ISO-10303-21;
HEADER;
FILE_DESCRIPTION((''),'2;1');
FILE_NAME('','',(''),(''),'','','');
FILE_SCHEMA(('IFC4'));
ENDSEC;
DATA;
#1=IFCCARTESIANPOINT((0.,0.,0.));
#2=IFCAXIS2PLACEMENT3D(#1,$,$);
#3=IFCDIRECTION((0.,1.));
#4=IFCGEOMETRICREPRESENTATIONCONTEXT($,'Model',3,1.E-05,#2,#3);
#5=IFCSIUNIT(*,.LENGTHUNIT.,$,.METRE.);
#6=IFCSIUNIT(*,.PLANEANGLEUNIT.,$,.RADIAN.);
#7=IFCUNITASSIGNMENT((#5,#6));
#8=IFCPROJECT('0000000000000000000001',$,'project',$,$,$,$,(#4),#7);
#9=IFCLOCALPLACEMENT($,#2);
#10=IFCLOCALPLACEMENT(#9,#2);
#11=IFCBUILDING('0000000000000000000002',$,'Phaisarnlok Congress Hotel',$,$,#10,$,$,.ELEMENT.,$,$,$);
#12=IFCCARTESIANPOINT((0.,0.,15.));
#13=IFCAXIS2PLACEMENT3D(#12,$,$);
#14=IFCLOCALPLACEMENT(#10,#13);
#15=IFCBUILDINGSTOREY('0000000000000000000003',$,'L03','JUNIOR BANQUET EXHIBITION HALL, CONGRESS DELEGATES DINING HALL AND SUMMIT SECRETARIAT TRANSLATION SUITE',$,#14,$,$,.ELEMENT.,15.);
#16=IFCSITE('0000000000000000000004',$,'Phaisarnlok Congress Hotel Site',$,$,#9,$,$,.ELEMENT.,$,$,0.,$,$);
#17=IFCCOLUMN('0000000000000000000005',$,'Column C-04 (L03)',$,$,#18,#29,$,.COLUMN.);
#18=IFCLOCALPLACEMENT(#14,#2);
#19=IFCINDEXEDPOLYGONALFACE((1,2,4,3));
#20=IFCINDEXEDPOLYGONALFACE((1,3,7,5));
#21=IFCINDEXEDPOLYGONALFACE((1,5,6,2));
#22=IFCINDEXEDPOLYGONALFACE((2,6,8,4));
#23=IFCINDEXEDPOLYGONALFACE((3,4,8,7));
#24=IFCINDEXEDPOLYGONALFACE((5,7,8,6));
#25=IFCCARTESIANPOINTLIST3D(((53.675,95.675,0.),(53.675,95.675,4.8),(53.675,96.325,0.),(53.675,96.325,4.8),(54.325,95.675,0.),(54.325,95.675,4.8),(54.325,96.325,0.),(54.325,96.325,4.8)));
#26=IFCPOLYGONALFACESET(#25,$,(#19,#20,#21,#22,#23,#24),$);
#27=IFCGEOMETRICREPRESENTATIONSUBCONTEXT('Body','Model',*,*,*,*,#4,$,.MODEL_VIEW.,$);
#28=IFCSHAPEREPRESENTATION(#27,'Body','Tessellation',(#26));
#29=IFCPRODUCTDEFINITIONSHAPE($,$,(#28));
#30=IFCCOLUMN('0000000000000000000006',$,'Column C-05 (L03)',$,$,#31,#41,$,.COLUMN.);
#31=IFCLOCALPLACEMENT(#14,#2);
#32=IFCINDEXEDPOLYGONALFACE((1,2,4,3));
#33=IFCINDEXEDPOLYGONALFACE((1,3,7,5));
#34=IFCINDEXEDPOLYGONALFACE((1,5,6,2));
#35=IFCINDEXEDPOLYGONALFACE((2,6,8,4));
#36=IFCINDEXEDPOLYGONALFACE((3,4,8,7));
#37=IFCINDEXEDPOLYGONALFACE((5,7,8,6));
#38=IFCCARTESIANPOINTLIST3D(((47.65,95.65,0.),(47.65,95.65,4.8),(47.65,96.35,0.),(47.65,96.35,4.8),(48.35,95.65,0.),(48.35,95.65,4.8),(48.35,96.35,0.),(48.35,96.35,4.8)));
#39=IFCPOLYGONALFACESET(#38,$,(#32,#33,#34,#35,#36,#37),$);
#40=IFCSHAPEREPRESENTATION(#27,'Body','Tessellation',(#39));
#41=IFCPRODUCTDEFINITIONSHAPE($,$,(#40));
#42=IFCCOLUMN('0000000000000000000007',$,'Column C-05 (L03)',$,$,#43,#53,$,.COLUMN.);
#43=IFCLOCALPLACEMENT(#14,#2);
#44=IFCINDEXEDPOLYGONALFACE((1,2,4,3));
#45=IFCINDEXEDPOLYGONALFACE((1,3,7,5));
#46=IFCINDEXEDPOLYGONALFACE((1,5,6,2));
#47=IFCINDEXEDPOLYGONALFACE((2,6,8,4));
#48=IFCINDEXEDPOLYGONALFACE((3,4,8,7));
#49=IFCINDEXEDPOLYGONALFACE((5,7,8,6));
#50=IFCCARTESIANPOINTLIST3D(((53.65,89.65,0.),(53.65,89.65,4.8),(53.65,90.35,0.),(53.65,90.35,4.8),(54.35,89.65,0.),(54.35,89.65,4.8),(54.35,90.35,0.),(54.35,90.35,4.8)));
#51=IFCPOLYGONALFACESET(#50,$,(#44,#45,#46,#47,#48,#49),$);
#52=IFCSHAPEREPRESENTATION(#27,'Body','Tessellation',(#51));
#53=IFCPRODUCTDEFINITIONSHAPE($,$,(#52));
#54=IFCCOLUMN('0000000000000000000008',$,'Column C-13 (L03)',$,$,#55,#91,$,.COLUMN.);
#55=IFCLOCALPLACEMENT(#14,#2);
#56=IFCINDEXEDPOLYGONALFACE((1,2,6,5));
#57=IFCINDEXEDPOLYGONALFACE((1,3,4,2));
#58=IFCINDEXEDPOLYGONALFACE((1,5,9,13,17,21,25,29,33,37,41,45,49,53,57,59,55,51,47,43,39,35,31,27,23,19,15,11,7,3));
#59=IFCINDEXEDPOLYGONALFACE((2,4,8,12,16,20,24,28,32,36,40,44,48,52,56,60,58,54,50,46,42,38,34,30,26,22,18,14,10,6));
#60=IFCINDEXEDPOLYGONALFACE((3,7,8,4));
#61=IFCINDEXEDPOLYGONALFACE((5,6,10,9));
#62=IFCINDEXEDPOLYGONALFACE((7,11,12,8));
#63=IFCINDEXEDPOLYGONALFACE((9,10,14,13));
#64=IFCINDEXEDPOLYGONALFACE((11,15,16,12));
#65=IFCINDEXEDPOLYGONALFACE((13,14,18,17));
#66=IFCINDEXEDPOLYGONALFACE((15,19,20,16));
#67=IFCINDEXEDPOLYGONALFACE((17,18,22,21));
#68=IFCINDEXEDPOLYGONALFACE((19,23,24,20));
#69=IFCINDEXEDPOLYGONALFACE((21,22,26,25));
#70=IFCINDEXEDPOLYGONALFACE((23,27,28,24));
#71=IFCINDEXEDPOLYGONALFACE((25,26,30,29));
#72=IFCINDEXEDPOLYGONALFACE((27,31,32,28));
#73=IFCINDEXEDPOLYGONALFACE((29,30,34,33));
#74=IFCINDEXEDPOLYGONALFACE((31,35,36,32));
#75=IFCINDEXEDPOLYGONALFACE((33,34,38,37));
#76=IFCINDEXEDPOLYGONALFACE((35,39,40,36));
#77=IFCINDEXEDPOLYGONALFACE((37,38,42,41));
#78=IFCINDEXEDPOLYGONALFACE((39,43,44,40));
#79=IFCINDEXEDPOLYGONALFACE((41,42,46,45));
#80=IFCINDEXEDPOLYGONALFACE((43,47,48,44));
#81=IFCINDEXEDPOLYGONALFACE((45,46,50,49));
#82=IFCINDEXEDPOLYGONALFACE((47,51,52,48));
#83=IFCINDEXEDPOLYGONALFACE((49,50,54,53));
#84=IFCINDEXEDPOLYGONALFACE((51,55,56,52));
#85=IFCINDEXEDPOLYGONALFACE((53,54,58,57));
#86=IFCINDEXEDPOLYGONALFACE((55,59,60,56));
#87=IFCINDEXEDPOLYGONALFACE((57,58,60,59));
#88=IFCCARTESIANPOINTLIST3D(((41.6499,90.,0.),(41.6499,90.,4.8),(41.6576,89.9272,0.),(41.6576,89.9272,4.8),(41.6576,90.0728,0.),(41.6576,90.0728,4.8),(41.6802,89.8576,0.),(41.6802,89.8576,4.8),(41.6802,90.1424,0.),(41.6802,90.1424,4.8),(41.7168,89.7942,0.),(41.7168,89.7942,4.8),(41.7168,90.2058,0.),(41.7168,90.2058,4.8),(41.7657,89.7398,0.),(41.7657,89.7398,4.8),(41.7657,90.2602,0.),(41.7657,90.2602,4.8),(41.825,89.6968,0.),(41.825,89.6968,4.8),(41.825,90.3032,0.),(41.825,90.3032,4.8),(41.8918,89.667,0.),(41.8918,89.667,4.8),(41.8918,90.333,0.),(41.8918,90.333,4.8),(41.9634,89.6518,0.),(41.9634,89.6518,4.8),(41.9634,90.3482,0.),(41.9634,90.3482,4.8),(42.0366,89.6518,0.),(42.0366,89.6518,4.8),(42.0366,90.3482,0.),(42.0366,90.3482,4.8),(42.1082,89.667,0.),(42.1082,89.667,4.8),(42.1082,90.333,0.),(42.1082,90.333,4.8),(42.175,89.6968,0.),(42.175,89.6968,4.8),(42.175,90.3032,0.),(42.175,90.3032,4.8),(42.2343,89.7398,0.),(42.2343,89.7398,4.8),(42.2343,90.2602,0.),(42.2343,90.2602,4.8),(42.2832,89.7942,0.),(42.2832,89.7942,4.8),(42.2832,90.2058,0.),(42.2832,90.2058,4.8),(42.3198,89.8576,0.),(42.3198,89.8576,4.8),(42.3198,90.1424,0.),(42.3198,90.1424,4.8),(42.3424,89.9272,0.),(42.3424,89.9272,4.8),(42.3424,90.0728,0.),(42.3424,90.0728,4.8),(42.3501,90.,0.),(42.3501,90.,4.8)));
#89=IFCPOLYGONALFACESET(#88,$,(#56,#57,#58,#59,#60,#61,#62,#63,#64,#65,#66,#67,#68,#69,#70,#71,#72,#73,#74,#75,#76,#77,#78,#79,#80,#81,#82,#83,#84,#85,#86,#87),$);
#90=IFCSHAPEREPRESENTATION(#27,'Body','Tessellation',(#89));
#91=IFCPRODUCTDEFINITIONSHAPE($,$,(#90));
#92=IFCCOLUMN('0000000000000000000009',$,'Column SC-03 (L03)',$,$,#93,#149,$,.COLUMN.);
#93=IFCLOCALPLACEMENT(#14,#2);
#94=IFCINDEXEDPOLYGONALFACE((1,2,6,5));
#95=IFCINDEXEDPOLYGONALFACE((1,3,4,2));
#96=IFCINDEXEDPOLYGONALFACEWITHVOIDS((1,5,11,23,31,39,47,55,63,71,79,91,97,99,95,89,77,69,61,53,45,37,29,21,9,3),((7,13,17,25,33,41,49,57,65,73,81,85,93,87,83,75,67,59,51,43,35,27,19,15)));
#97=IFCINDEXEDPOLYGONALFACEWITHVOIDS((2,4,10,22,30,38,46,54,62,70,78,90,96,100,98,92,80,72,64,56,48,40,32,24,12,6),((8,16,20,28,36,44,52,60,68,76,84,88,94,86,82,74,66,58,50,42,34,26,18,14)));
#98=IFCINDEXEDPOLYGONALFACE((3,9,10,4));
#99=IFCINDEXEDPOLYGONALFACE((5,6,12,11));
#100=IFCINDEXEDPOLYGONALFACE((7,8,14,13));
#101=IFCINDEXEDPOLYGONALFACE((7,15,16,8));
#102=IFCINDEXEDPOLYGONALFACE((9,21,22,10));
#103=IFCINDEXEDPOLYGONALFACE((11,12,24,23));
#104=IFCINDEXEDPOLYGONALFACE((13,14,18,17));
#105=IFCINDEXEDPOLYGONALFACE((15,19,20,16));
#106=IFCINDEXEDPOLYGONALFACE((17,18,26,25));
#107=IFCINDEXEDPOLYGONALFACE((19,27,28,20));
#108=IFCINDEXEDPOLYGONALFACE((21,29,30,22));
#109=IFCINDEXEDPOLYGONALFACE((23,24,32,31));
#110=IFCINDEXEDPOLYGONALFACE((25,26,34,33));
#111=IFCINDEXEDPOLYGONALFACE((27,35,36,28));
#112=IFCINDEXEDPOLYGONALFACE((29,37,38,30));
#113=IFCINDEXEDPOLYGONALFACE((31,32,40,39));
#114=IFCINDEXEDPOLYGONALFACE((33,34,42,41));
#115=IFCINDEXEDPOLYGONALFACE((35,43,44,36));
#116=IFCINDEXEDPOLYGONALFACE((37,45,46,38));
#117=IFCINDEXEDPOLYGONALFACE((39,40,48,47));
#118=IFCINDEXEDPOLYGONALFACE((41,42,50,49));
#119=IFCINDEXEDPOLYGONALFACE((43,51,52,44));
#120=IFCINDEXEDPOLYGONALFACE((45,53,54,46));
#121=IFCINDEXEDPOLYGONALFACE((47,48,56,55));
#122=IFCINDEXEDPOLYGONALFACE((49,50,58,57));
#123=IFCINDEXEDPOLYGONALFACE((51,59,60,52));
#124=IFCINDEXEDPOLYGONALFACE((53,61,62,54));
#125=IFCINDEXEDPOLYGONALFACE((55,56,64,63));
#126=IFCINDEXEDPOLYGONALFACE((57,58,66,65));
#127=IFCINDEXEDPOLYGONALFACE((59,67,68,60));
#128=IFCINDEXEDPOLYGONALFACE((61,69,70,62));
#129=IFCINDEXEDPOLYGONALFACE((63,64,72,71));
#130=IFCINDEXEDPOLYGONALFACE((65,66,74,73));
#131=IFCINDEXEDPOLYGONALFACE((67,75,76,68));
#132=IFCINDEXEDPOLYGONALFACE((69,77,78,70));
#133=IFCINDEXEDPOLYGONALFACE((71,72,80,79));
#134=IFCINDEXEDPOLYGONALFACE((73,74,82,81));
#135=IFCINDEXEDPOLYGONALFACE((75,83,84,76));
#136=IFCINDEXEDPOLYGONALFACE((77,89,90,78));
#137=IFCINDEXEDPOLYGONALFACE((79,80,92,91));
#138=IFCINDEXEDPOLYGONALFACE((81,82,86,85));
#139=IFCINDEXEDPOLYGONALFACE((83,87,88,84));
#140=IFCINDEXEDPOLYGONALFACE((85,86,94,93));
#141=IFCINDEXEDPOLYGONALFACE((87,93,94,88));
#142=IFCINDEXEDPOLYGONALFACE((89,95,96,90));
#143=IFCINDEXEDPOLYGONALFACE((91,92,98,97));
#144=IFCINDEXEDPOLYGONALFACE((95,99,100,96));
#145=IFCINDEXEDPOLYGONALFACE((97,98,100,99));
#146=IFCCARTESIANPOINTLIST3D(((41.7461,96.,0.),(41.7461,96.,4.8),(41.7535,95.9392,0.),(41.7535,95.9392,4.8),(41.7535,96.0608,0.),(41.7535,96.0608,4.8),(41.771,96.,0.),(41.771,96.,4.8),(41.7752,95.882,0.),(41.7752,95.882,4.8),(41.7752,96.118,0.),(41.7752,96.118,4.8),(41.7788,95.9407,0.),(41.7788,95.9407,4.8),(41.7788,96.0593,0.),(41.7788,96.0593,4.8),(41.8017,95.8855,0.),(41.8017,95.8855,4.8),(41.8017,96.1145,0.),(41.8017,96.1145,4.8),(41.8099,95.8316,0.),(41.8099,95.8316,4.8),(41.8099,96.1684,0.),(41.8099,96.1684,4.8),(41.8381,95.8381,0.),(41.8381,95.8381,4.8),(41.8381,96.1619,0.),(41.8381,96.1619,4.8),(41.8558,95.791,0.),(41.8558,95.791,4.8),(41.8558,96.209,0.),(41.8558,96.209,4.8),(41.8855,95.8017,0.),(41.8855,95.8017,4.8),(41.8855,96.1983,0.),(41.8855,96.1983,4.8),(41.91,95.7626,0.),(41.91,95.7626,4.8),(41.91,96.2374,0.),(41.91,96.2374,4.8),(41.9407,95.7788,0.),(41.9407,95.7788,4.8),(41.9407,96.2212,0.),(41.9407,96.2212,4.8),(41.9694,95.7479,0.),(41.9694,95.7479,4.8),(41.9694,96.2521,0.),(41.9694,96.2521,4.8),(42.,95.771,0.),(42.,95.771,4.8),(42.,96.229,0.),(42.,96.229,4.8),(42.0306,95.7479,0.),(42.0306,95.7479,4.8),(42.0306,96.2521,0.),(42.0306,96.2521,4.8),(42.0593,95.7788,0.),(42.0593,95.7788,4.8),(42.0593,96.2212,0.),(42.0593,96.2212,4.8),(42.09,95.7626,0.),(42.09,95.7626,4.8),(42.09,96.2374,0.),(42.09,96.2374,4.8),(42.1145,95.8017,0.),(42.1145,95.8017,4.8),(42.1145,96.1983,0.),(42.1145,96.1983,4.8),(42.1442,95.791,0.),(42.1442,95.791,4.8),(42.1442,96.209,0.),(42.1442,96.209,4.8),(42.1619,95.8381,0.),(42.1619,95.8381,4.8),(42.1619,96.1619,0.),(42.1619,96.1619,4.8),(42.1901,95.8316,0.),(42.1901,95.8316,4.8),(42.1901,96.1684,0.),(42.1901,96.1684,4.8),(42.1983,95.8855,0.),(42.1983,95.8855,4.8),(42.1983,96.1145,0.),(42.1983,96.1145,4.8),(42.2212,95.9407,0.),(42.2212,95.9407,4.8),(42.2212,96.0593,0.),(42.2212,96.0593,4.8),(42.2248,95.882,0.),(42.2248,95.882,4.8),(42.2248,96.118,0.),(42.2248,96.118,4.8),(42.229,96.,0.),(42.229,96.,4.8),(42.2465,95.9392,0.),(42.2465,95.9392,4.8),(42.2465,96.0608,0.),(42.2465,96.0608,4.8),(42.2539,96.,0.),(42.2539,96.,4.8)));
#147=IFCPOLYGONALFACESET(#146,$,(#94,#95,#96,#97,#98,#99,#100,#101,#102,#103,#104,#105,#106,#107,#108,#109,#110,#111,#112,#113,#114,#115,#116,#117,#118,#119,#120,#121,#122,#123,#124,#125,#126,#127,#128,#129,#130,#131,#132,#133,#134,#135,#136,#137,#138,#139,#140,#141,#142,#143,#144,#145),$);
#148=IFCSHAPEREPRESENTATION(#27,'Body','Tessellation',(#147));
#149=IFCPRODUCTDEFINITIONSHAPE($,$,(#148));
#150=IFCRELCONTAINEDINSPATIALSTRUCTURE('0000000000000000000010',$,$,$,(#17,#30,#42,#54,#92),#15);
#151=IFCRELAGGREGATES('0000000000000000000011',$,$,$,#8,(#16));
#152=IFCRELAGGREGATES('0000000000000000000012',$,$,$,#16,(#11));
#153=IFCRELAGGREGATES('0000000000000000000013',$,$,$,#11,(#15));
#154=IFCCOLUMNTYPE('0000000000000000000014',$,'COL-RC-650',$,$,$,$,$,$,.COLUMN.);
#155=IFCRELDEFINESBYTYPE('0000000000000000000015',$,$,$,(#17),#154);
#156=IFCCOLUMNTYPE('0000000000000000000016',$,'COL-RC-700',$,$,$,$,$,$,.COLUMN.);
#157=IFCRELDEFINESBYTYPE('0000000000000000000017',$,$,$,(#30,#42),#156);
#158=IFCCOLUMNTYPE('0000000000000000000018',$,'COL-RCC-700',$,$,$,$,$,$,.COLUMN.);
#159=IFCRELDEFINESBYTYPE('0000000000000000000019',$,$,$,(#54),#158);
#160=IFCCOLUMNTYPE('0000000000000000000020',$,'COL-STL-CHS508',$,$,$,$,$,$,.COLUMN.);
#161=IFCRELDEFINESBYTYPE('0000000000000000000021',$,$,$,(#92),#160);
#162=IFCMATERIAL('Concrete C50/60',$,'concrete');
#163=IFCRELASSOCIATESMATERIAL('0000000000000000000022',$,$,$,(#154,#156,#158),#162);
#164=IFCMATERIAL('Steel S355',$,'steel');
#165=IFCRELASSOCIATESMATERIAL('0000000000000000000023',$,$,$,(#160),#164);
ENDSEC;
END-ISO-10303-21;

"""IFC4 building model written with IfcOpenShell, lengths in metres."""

from ifc_helpers import new_model, si_unit, direction, frame, origin, origin_2d, place, context, subcontext, project, spatial, rectangle, circle, hollow_circle, extrude, material, material_profile, profile_set, type_object, element, save


model = new_model("IFC4")

# Units and contexts
model_context = context("Model", 3, precision=1e-05, world=origin(), true_north=direction((0.0, 1.0)))
body_context = subcontext(model_context, "Body", "Model", "MODEL_VIEW")
ifc_project = project(units=[si_unit("LENGTHUNIT", "METRE"), si_unit("PLANEANGLEUNIT", "RADIAN")], contexts=[model_context])

# Site, building, storey
site_placement = place(None, origin())
site = spatial("IfcSite", under=ifc_project, at=site_placement, Name="Phaisarnlok Congress Hotel Site", CompositionType="ELEMENT", RefElevation=0.0)
building_placement = place(site_placement, origin())
building = spatial("IfcBuilding", under=site, at=building_placement, Name="Phaisarnlok Congress Hotel", CompositionType="ELEMENT")
storey_placement = place(building_placement, frame((0.0, 0.0, 15.0)))
storey = spatial("IfcBuildingStorey", under=building, at=storey_placement, Name="L03", Description="JUNIOR BANQUET EXHIBITION HALL, CONGRESS DELEGATES DINING HALL AND SUMMIT SECRETARIAT TRANSLATION SUITE", CompositionType="ELEMENT", Elevation=15.0)

# Columns
ifc_material_1 = material(Name="Concrete C50/60", Category="concrete")
ifc_material_profile_1 = material_profile(ifc_material_1, rectangle(XDim=0.6499, YDim=0.6499, at=origin_2d()), Name="RC 650x650")
ifc_profile_set_1 = profile_set([ifc_material_profile_1], Name="Concrete C50/60")
column_type_1 = type_object("IfcColumnType", Name="COL-RC-650", PredefinedType="COLUMN", material=ifc_profile_set_1)
column_1_placement = place(storey_placement, frame((54.0, 96.0, 0.0), z_axis=(0.0, 0.0, 1.0), x_axis=(1.0, 0.0, 0.0)))
element("IfcColumn", 1, at=column_1_placement, inside=storey, type_object=column_type_1, Name="Column C-04 (L03)", PredefinedType="COLUMN", context=body_context, shape_type="SweptSolid", body=[
    extrude(rectangle(XDim=0.6499, YDim=0.6499, at=origin_2d()), origin(), (0.0, 0.0, 1.0), 4.8),
])
ifc_material_profile_2 = material_profile(ifc_material_1, rectangle(XDim=0.7, YDim=0.7, at=origin_2d()), Name="RC 700x700")
ifc_profile_set_2 = profile_set([ifc_material_profile_2], Name="Concrete C50/60")
column_type_2 = type_object("IfcColumnType", Name="COL-RC-700", PredefinedType="COLUMN", material=ifc_profile_set_2)
for number, where, z_axis, x_axis, name in (
    (2, (48.0, 96.0, 0.0), (0.0, 0.0, 1.0), (1.0, 0.0, 0.0), "Column C-05 (L03)"),
    (3, (54.0, 90.0, 0.0), (0.0, 0.0, 1.0), (1.0, 0.0, 0.0), "Column C-05 (L03)"),
):
    element("IfcColumn", number, at=place(storey_placement, frame(where, z_axis=z_axis, x_axis=x_axis)), inside=storey, type_object=column_type_2, Name=name, PredefinedType="COLUMN", context=body_context, shape_type="SweptSolid", body=[
        extrude(rectangle(XDim=0.7, YDim=0.7, at=origin_2d()), origin(), (0.0, 0.0, 1.0), 4.8),
    ])
ifc_material_profile_3 = material_profile(ifc_material_1, circle(Radius=0.3501, at=origin_2d()), Name="RCC D700")
ifc_profile_set_3 = profile_set([ifc_material_profile_3], Name="Concrete C50/60")
column_type_3 = type_object("IfcColumnType", Name="COL-RCC-700", PredefinedType="COLUMN", material=ifc_profile_set_3)
column_2_placement = place(storey_placement, frame((42.0, 90.0, 0.0), z_axis=(0.0, 0.0, 1.0), x_axis=(1.0, 0.0, 0.0)))
element("IfcColumn", 4, at=column_2_placement, inside=storey, type_object=column_type_3, Name="Column C-13 (L03)", PredefinedType="COLUMN", context=body_context, shape_type="SweptSolid", body=[
    extrude(circle(Radius=0.3501, at=origin_2d()), origin(), (0.0, 0.0, 1.0), 4.8),
])
ifc_material_2 = material(Name="Steel S355", Category="steel")
ifc_material_profile_4 = material_profile(ifc_material_2, hollow_circle(Radius=0.2539, WallThickness=0.0249, at=origin_2d()), Name="CHS 508x25")
ifc_profile_set_4 = profile_set([ifc_material_profile_4], Name="Steel S355")
column_type_4 = type_object("IfcColumnType", Name="COL-STL-CHS508", PredefinedType="COLUMN", material=ifc_profile_set_4)
for number, where, z_axis, x_axis, name in (
    (5, (42.0, 96.0, 0.0), (0.0, 0.0, 1.0), (1.0, 0.0, 0.0), "Column SC-03 (L03)"),
):
    element("IfcColumn", number, at=place(storey_placement, frame(where, z_axis=z_axis, x_axis=x_axis)), inside=storey, type_object=column_type_4, Name=name, PredefinedType="COLUMN", context=body_context, shape_type="SweptSolid", body=[
        extrude(hollow_circle(Radius=0.2539, WallThickness=0.0249, at=origin_2d()), origin(), (0.0, 0.0, 1.0), 4.8),
    ])

save(model, "model.ifc")
